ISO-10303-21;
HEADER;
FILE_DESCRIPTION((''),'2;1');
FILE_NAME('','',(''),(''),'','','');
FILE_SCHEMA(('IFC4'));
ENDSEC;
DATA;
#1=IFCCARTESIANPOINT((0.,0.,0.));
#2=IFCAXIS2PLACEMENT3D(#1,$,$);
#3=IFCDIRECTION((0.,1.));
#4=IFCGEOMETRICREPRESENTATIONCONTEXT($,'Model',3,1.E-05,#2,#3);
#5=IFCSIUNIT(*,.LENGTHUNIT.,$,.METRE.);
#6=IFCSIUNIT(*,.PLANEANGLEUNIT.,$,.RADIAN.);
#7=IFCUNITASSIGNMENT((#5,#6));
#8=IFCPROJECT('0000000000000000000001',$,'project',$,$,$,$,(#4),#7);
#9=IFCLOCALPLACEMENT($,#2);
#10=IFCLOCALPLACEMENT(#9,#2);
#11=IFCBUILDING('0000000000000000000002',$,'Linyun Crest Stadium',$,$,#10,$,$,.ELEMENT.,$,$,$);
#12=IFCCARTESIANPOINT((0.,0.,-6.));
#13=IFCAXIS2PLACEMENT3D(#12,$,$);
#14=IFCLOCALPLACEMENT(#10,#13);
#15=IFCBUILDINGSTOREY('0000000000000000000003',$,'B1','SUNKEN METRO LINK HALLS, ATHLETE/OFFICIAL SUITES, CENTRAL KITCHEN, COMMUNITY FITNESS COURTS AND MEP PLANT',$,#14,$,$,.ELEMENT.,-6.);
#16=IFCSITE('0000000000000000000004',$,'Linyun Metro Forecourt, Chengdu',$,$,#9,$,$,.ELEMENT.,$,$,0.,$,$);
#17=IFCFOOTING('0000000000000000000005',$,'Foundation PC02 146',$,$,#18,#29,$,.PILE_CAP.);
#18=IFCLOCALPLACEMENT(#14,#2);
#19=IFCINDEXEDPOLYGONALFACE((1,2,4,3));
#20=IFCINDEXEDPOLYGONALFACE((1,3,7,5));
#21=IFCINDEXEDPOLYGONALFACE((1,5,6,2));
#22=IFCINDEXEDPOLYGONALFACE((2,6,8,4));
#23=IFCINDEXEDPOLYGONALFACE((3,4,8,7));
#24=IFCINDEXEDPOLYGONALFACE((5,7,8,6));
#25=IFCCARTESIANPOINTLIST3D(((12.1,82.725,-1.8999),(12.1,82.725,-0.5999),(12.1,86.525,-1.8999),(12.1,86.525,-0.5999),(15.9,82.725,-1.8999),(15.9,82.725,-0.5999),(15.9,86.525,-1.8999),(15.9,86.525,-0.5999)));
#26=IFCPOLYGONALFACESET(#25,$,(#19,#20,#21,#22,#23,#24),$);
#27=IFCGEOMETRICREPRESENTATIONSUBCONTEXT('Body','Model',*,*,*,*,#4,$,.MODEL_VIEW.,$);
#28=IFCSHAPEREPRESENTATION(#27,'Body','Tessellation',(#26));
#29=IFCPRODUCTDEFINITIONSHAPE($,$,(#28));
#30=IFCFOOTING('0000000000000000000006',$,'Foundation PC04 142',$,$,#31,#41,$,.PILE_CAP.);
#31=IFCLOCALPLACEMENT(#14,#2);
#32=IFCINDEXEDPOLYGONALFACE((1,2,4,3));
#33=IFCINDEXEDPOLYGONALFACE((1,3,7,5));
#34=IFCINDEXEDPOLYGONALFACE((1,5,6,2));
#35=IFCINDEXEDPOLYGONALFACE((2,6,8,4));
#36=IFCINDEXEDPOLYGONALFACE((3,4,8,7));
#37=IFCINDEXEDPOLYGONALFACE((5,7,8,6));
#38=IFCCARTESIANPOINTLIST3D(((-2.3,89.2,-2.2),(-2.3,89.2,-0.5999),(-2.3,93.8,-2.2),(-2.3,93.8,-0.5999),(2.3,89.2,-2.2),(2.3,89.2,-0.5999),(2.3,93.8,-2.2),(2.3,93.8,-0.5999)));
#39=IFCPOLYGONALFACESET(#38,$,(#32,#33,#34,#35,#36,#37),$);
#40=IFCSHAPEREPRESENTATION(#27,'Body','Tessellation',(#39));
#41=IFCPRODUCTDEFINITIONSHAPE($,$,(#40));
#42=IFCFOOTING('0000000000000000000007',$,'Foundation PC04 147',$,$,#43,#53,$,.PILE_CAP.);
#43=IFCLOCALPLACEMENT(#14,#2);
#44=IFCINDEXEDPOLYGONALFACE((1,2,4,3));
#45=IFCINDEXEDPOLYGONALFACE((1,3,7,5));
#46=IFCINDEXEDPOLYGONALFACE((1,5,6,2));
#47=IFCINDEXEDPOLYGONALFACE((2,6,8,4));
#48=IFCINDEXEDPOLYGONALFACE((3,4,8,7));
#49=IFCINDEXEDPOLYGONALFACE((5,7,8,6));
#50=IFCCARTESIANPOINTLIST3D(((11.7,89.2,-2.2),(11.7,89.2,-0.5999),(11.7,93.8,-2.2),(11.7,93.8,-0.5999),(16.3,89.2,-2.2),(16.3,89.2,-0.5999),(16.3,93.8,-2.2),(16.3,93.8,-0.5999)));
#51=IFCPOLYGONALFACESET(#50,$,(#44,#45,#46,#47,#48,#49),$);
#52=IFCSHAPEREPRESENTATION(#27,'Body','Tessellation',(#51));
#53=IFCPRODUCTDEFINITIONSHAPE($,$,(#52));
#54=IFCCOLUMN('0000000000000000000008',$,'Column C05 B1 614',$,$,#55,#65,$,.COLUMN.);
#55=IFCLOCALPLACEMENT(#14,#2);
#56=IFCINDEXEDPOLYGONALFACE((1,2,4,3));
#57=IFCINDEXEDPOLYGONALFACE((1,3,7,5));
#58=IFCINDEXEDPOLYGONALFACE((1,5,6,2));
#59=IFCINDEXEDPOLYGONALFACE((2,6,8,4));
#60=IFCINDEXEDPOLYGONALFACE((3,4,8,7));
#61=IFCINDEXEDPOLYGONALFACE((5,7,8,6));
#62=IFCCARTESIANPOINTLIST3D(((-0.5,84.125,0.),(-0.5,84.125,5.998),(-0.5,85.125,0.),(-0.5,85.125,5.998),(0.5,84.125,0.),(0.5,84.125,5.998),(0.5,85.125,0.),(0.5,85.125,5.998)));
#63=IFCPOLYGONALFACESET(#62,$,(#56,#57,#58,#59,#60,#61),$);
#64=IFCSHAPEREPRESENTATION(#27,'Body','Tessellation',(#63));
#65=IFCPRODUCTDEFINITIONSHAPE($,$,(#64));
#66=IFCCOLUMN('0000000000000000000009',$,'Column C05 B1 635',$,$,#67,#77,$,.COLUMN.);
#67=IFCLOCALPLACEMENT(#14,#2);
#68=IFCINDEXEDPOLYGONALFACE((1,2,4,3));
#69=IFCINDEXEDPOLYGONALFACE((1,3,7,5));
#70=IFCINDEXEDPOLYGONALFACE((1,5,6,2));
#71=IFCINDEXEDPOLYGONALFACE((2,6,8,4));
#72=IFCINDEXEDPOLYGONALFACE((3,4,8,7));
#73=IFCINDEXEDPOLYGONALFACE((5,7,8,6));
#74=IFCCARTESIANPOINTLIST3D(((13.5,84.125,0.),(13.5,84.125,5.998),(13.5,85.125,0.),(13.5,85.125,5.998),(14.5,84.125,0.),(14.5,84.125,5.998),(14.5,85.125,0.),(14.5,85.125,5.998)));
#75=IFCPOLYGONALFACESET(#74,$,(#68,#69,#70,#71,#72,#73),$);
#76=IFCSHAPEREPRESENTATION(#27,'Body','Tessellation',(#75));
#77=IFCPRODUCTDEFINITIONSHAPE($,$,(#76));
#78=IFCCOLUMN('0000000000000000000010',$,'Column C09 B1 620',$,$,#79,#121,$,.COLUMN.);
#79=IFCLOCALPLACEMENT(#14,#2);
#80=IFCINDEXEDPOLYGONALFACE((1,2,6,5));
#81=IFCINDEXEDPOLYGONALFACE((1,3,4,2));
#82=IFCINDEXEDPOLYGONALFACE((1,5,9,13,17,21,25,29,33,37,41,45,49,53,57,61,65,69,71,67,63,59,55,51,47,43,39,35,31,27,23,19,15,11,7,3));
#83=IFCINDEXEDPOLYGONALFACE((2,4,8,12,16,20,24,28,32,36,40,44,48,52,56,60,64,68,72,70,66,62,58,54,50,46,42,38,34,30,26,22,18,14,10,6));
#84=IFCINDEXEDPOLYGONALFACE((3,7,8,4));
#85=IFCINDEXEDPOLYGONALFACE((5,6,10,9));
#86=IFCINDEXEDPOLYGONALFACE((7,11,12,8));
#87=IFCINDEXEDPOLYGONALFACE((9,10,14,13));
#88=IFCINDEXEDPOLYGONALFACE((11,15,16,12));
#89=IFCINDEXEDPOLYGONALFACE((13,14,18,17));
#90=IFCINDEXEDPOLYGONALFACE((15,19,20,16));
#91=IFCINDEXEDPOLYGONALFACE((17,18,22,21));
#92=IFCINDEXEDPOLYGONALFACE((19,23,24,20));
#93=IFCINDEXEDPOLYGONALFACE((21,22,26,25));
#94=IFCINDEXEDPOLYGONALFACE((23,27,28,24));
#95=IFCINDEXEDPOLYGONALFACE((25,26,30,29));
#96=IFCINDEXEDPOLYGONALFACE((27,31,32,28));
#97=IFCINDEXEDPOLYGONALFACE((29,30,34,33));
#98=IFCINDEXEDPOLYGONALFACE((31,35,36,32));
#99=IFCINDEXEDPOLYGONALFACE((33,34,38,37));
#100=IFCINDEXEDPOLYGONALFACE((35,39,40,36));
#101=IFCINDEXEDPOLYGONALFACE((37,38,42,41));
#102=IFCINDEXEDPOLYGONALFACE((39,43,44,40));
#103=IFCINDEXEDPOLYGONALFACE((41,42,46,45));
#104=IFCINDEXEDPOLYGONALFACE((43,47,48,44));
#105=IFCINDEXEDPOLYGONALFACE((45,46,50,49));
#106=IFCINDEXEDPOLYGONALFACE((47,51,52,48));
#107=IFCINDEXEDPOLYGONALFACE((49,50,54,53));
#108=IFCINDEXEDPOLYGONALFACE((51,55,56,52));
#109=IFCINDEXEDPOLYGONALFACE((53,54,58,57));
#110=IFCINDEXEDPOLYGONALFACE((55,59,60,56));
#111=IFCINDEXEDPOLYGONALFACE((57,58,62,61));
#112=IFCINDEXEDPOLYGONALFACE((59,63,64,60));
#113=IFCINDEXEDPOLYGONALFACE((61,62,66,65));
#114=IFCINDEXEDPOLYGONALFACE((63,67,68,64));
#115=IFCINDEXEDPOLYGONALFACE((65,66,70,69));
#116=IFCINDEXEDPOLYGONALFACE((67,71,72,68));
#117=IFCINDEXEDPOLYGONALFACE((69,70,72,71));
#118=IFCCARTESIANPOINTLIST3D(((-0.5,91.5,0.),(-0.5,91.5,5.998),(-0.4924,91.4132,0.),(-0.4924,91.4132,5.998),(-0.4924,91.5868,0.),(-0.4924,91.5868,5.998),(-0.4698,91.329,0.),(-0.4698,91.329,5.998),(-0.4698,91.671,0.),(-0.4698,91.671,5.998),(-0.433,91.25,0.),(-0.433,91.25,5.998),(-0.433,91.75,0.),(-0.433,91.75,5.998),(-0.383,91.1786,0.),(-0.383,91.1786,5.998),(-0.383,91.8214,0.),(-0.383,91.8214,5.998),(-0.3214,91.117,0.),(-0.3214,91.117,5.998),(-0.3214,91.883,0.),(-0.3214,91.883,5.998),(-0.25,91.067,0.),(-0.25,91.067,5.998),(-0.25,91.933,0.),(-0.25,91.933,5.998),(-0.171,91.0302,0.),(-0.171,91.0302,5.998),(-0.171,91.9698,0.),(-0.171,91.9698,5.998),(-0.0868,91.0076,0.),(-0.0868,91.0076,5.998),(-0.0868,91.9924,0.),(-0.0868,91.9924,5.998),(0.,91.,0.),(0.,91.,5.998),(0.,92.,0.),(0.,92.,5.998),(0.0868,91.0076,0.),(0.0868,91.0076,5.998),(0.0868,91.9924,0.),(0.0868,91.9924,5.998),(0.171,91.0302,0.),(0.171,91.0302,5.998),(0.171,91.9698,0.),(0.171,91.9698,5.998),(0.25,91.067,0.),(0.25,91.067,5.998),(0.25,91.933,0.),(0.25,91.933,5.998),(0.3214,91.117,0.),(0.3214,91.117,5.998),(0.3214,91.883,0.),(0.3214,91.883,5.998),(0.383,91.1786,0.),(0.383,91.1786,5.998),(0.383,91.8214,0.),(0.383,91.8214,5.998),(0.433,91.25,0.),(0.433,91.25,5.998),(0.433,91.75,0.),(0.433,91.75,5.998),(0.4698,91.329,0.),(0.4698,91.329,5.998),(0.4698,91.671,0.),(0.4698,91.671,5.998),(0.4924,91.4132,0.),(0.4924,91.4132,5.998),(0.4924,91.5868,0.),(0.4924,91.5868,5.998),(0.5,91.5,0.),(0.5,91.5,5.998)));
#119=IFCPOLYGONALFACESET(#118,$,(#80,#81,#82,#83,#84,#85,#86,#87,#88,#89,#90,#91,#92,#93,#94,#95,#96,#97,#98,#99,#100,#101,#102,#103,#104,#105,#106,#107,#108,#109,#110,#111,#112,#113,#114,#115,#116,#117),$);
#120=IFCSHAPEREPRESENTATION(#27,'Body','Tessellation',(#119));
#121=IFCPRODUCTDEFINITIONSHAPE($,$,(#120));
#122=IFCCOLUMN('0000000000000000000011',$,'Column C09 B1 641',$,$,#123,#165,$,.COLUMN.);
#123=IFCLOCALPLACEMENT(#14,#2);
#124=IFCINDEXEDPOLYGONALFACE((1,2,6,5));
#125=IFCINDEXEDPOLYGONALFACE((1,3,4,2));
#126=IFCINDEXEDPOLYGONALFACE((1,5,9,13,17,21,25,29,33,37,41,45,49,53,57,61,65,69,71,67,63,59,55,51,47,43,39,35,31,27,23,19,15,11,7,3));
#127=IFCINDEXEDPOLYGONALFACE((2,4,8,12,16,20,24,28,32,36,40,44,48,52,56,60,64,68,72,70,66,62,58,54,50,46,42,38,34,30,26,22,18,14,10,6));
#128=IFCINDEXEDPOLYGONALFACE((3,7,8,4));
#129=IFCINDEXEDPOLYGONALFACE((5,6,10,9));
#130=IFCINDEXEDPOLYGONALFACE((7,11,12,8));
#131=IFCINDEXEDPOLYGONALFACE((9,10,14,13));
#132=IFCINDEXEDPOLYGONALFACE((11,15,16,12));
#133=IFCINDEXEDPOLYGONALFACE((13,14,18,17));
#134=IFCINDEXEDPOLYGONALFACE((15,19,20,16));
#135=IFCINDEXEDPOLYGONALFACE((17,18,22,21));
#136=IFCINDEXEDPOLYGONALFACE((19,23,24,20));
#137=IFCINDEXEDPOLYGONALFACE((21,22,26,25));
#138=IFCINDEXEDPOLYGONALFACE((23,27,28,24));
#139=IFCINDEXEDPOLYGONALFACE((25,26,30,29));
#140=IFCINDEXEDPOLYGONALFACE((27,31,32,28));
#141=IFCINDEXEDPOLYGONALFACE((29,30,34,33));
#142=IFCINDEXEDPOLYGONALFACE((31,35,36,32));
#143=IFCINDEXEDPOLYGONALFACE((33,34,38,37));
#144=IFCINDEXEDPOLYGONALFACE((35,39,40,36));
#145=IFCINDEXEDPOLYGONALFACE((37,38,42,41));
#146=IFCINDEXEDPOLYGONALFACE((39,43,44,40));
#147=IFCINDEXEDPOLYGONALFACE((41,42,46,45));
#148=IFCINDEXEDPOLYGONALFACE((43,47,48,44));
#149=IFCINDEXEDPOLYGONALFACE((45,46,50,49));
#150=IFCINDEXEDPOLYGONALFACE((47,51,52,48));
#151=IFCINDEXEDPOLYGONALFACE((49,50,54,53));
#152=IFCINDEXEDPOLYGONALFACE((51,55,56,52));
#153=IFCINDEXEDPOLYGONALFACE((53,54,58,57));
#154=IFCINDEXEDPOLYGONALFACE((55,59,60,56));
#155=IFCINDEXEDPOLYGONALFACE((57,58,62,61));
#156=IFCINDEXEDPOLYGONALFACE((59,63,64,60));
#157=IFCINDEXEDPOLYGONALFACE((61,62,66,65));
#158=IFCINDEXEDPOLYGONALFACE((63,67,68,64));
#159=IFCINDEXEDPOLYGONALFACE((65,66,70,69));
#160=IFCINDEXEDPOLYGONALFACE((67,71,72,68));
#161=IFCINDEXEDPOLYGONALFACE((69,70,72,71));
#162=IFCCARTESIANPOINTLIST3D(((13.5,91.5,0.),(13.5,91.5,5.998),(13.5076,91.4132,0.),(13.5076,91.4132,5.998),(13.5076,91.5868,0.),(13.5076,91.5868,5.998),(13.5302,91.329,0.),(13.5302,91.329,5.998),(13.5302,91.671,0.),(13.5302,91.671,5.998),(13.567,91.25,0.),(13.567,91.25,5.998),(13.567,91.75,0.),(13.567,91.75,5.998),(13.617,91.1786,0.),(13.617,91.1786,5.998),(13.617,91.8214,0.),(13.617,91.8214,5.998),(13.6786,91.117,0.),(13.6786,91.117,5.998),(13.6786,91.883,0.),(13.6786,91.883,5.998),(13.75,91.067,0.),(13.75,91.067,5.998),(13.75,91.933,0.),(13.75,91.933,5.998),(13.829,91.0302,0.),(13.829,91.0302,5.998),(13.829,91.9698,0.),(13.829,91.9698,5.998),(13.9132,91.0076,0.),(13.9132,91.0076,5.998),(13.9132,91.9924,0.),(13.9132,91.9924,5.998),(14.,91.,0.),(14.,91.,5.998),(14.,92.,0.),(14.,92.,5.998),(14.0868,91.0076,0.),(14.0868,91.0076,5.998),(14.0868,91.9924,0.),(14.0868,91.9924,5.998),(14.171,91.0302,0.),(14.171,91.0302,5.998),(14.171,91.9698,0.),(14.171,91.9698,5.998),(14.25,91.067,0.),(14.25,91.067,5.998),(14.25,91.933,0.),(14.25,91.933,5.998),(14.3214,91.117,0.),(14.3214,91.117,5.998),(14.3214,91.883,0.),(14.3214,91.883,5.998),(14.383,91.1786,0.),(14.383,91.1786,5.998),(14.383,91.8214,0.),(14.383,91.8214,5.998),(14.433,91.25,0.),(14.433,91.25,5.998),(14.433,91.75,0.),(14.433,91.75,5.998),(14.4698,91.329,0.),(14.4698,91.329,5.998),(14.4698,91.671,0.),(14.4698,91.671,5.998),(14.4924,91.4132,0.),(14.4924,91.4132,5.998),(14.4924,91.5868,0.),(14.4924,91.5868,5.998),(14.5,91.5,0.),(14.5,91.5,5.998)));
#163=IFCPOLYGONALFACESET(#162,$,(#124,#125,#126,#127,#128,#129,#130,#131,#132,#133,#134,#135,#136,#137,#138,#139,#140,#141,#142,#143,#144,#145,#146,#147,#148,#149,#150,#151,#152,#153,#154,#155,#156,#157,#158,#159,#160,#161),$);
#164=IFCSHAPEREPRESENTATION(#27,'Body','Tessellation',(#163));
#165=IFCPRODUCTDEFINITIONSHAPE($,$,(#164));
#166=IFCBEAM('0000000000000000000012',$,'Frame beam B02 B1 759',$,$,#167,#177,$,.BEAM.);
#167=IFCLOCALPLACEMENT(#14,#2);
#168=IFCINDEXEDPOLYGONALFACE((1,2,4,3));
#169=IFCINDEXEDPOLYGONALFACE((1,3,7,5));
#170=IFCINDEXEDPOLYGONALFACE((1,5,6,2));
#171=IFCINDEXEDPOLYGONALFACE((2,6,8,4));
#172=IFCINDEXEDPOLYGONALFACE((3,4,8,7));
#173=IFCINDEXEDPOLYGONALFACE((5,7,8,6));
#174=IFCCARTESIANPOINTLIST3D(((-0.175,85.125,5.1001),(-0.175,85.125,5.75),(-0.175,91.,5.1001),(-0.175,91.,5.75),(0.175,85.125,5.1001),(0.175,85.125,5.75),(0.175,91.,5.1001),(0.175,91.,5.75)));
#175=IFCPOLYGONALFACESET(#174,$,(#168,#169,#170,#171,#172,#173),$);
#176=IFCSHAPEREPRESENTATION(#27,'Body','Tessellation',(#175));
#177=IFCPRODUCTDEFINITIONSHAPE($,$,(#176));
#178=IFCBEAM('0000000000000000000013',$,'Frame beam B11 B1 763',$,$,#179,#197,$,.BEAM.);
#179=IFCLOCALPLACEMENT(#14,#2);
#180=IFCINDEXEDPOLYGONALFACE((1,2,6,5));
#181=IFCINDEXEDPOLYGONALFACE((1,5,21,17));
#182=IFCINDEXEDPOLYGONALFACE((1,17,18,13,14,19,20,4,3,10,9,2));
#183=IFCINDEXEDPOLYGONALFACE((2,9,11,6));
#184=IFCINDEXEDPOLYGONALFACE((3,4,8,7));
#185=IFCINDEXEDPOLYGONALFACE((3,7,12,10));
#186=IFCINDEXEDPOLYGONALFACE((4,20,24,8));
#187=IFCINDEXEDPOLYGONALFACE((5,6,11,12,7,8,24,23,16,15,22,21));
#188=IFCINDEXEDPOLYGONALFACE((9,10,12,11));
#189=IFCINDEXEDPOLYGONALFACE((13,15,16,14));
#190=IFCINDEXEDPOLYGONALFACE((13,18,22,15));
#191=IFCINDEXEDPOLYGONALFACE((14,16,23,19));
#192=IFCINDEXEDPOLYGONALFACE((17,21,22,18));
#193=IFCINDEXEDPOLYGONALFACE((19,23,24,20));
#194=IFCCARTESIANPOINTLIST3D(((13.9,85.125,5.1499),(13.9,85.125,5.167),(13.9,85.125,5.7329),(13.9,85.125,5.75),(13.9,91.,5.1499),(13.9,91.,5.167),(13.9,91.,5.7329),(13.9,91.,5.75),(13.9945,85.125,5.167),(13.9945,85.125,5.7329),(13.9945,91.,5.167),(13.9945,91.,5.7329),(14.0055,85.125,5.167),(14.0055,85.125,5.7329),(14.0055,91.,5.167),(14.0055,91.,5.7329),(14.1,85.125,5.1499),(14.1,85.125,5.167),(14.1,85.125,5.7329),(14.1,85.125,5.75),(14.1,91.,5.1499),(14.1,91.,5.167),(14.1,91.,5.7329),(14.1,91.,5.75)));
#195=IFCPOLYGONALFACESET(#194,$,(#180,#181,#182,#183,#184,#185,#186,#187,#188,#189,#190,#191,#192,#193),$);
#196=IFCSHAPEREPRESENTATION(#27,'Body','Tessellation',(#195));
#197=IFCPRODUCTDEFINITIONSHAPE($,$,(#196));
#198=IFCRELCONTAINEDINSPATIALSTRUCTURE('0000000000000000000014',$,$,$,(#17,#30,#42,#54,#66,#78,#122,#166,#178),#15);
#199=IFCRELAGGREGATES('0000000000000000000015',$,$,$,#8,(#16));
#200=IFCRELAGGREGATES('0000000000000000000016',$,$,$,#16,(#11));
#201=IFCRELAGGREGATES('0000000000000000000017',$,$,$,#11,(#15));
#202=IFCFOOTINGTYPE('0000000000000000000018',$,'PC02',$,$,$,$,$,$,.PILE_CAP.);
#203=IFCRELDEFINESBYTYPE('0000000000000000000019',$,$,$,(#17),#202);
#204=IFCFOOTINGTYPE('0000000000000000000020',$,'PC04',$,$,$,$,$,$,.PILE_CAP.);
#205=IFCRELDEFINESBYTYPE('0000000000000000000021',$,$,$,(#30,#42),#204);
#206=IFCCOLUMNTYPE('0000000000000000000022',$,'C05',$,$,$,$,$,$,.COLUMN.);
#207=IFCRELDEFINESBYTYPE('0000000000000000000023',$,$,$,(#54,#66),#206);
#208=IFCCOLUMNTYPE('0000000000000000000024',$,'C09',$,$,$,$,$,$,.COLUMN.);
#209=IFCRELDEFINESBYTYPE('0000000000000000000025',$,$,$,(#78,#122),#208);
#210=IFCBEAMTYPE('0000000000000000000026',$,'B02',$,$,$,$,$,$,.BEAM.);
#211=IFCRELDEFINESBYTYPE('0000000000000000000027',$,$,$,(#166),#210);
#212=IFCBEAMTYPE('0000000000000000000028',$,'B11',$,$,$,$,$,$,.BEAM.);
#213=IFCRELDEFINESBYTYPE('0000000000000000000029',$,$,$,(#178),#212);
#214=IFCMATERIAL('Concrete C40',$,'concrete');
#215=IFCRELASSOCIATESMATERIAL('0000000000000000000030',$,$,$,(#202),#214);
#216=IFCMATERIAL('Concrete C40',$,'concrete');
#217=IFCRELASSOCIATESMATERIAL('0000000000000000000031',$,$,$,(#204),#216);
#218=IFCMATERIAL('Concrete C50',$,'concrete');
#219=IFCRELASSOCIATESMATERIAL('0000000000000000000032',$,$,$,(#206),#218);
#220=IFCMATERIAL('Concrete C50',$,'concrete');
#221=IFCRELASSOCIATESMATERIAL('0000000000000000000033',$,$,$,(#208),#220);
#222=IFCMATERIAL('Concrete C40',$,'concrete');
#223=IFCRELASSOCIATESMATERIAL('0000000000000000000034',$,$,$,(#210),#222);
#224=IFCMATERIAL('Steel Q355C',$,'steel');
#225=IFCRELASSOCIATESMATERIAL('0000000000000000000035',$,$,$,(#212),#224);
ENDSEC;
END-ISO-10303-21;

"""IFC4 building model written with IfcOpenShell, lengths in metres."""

from ifc_helpers import new_model, si_unit, direction, frame, origin, origin_2d, place, context, subcontext, project, spatial, rectangle, circle, i_section, extrude, material, material_profile, profile_set, type_object, element, save


model = new_model("IFC4")

# Units and contexts
model_context = context("Model", 3, precision=1e-05, world=origin(), true_north=direction((0.0, 1.0)))
body_context = subcontext(model_context, "Body", "Model", "MODEL_VIEW")
ifc_project = project(units=[si_unit("LENGTHUNIT", "METRE"), si_unit("PLANEANGLEUNIT", "RADIAN")], contexts=[model_context])

# Site, building, storey
site_placement = place(None, origin())
site = spatial("IfcSite", under=ifc_project, at=site_placement, Name="Linyun Metro Forecourt, Chengdu", CompositionType="ELEMENT", RefElevation=0.0)
building_placement = place(site_placement, origin())
building = spatial("IfcBuilding", under=site, at=building_placement, Name="Linyun Crest Stadium", CompositionType="ELEMENT")
storey_placement = place(building_placement, frame((0.0, 0.0, -6.0)))
storey = spatial("IfcBuildingStorey", under=building, at=storey_placement, Name="B1", Description="SUNKEN METRO LINK HALLS, ATHLETE/OFFICIAL SUITES, CENTRAL KITCHEN, COMMUNITY FITNESS COURTS AND MEP PLANT", CompositionType="ELEMENT", Elevation=-6.0)

# Footings
ifc_material_1 = material(Name="Concrete C40", Category="concrete")
footing_type_1 = type_object("IfcFootingType", Name="PC02", PredefinedType="PILE_CAP", material=ifc_material_1)
footing_placement = place(storey_placement, frame((14.0, 84.625, -1.8999), z_axis=(0.0, 0.0, 1.0), x_axis=(1.0, 0.0, 0.0)))
element("IfcFooting", 1, at=footing_placement, inside=storey, type_object=footing_type_1, Name="Foundation PC02 146", PredefinedType="PILE_CAP", context=body_context, shape_type="SweptSolid", body=[
    extrude(rectangle(XDim=3.8, YDim=3.8, at=origin_2d()), origin(), (0.0, 0.0, 1.0), 1.3),
])
ifc_material_2 = material(Name="Concrete C40", Category="concrete")
footing_type_2 = type_object("IfcFootingType", Name="PC04", PredefinedType="PILE_CAP", material=ifc_material_2)
for number, where, z_axis, x_axis, name in (
    (2, (0.0, 91.5, -2.2), (0.0, 0.0, 1.0), (1.0, 0.0, 0.0), "Foundation PC04 142"),
    (3, (14.0, 91.5, -2.2), (0.0, 0.0, 1.0), (1.0, 0.0, 0.0), "Foundation PC04 147"),
):
    element("IfcFooting", number, at=place(storey_placement, frame(where, z_axis=z_axis, x_axis=x_axis)), inside=storey, type_object=footing_type_2, Name=name, PredefinedType="PILE_CAP", context=body_context, shape_type="SweptSolid", body=[
        extrude(rectangle(XDim=4.6001, YDim=4.6001, at=origin_2d()), origin(), (0.0, 0.0, 1.0), 1.6001),
    ])

# Columns
ifc_material_3 = material(Name="Concrete C50", Category="concrete")
ifc_material_profile_1 = material_profile(ifc_material_3, rectangle(XDim=1.0, YDim=1.0, at=origin_2d()), Name="RC 1000x1000")
ifc_profile_set_1 = profile_set([ifc_material_profile_1], Name="Concrete C50")
column_type_1 = type_object("IfcColumnType", Name="C05", PredefinedType="COLUMN", material=ifc_profile_set_1)
for number, where, z_axis, x_axis, name in (
    (4, (0.0, 84.625, 0.0), (0.0, 0.0, 1.0), (1.0, 0.0, 0.0), "Column C05 B1 614"),
    (5, (14.0, 84.625, 0.0), (0.0, 0.0, 1.0), (1.0, 0.0, 0.0), "Column C05 B1 635"),
):
    element("IfcColumn", number, at=place(storey_placement, frame(where, z_axis=z_axis, x_axis=x_axis)), inside=storey, type_object=column_type_1, Name=name, PredefinedType="COLUMN", context=body_context, shape_type="SweptSolid", body=[
        extrude(rectangle(XDim=1.0, YDim=1.0, at=origin_2d()), origin(), (0.0, 0.0, 1.0), 5.998),
    ])
ifc_material_4 = material(Name="Concrete C50", Category="concrete")
ifc_material_profile_2 = material_profile(ifc_material_4, circle(Radius=0.5, at=origin_2d()), Name="RC D1000")
ifc_profile_set_2 = profile_set([ifc_material_profile_2], Name="Concrete C50")
column_type_2 = type_object("IfcColumnType", Name="C09", PredefinedType="COLUMN", material=ifc_profile_set_2)
for number, where, z_axis, x_axis, name in (
    (6, (0.0, 91.5, 0.0), (0.0, 0.0, 1.0), (1.0, 0.0, 0.0), "Column C09 B1 620"),
    (7, (14.0, 91.5, 0.0), (0.0, 0.0, 1.0), (1.0, 0.0, 0.0), "Column C09 B1 641"),
):
    element("IfcColumn", number, at=place(storey_placement, frame(where, z_axis=z_axis, x_axis=x_axis)), inside=storey, type_object=column_type_2, Name=name, PredefinedType="COLUMN", context=body_context, shape_type="SweptSolid", body=[
        extrude(circle(Radius=0.5, at=origin_2d()), origin(), (0.0, 0.0, 1.0), 5.998),
    ])

# Beams
ifc_material_5 = material(Name="Concrete C40", Category="concrete")
ifc_material_profile_3 = material_profile(ifc_material_5, rectangle(XDim=0.3501, YDim=0.6499, at=origin_2d()), Name="RCB 650x350")
ifc_profile_set_3 = profile_set([ifc_material_profile_3], Name="Concrete C40")
beam_type_1 = type_object("IfcBeamType", Name="B02", PredefinedType="BEAM", material=ifc_profile_set_3)
beam_1_placement = place(storey_placement, frame((0.0, 85.125, 5.425), z_axis=(0.0, 1.0, 0.0), x_axis=(-1.0, 0.0, 0.0)))
element("IfcBeam", 8, at=beam_1_placement, inside=storey, type_object=beam_type_1, Name="Frame beam B02 B1 759", PredefinedType="BEAM", context=body_context, shape_type="SweptSolid", body=[
    extrude(rectangle(XDim=0.3501, YDim=0.6499, at=origin_2d()), origin(), (0.0, 0.0, 1.0), 5.875),
])
ifc_material_6 = material(Name="Steel Q355C", Category="steel")
ifc_material_profile_4 = material_profile(ifc_material_6, i_section(OverallWidth=0.2, OverallDepth=0.6001, WebThickness=0.011, FlangeThickness=0.0171, at=origin_2d()), Name="HN 600x200")
ifc_profile_set_4 = profile_set([ifc_material_profile_4], Name="Steel Q355C")
beam_type_2 = type_object("IfcBeamType", Name="B11", PredefinedType="BEAM", material=ifc_profile_set_4)
beam_2_placement = place(storey_placement, frame((14.0, 85.125, 5.45), z_axis=(0.0, 1.0, 0.0), x_axis=(-1.0, 0.0, 0.0)))
element("IfcBeam", 9, at=beam_2_placement, inside=storey, type_object=beam_type_2, Name="Frame beam B11 B1 763", PredefinedType="BEAM", context=body_context, shape_type="SweptSolid", body=[
    extrude(i_section(OverallWidth=0.2, OverallDepth=0.6001, WebThickness=0.011, FlangeThickness=0.0171, at=origin_2d()), origin(), (0.0, 0.0, 1.0), 5.875),
])

save(model, "model.ifc")
